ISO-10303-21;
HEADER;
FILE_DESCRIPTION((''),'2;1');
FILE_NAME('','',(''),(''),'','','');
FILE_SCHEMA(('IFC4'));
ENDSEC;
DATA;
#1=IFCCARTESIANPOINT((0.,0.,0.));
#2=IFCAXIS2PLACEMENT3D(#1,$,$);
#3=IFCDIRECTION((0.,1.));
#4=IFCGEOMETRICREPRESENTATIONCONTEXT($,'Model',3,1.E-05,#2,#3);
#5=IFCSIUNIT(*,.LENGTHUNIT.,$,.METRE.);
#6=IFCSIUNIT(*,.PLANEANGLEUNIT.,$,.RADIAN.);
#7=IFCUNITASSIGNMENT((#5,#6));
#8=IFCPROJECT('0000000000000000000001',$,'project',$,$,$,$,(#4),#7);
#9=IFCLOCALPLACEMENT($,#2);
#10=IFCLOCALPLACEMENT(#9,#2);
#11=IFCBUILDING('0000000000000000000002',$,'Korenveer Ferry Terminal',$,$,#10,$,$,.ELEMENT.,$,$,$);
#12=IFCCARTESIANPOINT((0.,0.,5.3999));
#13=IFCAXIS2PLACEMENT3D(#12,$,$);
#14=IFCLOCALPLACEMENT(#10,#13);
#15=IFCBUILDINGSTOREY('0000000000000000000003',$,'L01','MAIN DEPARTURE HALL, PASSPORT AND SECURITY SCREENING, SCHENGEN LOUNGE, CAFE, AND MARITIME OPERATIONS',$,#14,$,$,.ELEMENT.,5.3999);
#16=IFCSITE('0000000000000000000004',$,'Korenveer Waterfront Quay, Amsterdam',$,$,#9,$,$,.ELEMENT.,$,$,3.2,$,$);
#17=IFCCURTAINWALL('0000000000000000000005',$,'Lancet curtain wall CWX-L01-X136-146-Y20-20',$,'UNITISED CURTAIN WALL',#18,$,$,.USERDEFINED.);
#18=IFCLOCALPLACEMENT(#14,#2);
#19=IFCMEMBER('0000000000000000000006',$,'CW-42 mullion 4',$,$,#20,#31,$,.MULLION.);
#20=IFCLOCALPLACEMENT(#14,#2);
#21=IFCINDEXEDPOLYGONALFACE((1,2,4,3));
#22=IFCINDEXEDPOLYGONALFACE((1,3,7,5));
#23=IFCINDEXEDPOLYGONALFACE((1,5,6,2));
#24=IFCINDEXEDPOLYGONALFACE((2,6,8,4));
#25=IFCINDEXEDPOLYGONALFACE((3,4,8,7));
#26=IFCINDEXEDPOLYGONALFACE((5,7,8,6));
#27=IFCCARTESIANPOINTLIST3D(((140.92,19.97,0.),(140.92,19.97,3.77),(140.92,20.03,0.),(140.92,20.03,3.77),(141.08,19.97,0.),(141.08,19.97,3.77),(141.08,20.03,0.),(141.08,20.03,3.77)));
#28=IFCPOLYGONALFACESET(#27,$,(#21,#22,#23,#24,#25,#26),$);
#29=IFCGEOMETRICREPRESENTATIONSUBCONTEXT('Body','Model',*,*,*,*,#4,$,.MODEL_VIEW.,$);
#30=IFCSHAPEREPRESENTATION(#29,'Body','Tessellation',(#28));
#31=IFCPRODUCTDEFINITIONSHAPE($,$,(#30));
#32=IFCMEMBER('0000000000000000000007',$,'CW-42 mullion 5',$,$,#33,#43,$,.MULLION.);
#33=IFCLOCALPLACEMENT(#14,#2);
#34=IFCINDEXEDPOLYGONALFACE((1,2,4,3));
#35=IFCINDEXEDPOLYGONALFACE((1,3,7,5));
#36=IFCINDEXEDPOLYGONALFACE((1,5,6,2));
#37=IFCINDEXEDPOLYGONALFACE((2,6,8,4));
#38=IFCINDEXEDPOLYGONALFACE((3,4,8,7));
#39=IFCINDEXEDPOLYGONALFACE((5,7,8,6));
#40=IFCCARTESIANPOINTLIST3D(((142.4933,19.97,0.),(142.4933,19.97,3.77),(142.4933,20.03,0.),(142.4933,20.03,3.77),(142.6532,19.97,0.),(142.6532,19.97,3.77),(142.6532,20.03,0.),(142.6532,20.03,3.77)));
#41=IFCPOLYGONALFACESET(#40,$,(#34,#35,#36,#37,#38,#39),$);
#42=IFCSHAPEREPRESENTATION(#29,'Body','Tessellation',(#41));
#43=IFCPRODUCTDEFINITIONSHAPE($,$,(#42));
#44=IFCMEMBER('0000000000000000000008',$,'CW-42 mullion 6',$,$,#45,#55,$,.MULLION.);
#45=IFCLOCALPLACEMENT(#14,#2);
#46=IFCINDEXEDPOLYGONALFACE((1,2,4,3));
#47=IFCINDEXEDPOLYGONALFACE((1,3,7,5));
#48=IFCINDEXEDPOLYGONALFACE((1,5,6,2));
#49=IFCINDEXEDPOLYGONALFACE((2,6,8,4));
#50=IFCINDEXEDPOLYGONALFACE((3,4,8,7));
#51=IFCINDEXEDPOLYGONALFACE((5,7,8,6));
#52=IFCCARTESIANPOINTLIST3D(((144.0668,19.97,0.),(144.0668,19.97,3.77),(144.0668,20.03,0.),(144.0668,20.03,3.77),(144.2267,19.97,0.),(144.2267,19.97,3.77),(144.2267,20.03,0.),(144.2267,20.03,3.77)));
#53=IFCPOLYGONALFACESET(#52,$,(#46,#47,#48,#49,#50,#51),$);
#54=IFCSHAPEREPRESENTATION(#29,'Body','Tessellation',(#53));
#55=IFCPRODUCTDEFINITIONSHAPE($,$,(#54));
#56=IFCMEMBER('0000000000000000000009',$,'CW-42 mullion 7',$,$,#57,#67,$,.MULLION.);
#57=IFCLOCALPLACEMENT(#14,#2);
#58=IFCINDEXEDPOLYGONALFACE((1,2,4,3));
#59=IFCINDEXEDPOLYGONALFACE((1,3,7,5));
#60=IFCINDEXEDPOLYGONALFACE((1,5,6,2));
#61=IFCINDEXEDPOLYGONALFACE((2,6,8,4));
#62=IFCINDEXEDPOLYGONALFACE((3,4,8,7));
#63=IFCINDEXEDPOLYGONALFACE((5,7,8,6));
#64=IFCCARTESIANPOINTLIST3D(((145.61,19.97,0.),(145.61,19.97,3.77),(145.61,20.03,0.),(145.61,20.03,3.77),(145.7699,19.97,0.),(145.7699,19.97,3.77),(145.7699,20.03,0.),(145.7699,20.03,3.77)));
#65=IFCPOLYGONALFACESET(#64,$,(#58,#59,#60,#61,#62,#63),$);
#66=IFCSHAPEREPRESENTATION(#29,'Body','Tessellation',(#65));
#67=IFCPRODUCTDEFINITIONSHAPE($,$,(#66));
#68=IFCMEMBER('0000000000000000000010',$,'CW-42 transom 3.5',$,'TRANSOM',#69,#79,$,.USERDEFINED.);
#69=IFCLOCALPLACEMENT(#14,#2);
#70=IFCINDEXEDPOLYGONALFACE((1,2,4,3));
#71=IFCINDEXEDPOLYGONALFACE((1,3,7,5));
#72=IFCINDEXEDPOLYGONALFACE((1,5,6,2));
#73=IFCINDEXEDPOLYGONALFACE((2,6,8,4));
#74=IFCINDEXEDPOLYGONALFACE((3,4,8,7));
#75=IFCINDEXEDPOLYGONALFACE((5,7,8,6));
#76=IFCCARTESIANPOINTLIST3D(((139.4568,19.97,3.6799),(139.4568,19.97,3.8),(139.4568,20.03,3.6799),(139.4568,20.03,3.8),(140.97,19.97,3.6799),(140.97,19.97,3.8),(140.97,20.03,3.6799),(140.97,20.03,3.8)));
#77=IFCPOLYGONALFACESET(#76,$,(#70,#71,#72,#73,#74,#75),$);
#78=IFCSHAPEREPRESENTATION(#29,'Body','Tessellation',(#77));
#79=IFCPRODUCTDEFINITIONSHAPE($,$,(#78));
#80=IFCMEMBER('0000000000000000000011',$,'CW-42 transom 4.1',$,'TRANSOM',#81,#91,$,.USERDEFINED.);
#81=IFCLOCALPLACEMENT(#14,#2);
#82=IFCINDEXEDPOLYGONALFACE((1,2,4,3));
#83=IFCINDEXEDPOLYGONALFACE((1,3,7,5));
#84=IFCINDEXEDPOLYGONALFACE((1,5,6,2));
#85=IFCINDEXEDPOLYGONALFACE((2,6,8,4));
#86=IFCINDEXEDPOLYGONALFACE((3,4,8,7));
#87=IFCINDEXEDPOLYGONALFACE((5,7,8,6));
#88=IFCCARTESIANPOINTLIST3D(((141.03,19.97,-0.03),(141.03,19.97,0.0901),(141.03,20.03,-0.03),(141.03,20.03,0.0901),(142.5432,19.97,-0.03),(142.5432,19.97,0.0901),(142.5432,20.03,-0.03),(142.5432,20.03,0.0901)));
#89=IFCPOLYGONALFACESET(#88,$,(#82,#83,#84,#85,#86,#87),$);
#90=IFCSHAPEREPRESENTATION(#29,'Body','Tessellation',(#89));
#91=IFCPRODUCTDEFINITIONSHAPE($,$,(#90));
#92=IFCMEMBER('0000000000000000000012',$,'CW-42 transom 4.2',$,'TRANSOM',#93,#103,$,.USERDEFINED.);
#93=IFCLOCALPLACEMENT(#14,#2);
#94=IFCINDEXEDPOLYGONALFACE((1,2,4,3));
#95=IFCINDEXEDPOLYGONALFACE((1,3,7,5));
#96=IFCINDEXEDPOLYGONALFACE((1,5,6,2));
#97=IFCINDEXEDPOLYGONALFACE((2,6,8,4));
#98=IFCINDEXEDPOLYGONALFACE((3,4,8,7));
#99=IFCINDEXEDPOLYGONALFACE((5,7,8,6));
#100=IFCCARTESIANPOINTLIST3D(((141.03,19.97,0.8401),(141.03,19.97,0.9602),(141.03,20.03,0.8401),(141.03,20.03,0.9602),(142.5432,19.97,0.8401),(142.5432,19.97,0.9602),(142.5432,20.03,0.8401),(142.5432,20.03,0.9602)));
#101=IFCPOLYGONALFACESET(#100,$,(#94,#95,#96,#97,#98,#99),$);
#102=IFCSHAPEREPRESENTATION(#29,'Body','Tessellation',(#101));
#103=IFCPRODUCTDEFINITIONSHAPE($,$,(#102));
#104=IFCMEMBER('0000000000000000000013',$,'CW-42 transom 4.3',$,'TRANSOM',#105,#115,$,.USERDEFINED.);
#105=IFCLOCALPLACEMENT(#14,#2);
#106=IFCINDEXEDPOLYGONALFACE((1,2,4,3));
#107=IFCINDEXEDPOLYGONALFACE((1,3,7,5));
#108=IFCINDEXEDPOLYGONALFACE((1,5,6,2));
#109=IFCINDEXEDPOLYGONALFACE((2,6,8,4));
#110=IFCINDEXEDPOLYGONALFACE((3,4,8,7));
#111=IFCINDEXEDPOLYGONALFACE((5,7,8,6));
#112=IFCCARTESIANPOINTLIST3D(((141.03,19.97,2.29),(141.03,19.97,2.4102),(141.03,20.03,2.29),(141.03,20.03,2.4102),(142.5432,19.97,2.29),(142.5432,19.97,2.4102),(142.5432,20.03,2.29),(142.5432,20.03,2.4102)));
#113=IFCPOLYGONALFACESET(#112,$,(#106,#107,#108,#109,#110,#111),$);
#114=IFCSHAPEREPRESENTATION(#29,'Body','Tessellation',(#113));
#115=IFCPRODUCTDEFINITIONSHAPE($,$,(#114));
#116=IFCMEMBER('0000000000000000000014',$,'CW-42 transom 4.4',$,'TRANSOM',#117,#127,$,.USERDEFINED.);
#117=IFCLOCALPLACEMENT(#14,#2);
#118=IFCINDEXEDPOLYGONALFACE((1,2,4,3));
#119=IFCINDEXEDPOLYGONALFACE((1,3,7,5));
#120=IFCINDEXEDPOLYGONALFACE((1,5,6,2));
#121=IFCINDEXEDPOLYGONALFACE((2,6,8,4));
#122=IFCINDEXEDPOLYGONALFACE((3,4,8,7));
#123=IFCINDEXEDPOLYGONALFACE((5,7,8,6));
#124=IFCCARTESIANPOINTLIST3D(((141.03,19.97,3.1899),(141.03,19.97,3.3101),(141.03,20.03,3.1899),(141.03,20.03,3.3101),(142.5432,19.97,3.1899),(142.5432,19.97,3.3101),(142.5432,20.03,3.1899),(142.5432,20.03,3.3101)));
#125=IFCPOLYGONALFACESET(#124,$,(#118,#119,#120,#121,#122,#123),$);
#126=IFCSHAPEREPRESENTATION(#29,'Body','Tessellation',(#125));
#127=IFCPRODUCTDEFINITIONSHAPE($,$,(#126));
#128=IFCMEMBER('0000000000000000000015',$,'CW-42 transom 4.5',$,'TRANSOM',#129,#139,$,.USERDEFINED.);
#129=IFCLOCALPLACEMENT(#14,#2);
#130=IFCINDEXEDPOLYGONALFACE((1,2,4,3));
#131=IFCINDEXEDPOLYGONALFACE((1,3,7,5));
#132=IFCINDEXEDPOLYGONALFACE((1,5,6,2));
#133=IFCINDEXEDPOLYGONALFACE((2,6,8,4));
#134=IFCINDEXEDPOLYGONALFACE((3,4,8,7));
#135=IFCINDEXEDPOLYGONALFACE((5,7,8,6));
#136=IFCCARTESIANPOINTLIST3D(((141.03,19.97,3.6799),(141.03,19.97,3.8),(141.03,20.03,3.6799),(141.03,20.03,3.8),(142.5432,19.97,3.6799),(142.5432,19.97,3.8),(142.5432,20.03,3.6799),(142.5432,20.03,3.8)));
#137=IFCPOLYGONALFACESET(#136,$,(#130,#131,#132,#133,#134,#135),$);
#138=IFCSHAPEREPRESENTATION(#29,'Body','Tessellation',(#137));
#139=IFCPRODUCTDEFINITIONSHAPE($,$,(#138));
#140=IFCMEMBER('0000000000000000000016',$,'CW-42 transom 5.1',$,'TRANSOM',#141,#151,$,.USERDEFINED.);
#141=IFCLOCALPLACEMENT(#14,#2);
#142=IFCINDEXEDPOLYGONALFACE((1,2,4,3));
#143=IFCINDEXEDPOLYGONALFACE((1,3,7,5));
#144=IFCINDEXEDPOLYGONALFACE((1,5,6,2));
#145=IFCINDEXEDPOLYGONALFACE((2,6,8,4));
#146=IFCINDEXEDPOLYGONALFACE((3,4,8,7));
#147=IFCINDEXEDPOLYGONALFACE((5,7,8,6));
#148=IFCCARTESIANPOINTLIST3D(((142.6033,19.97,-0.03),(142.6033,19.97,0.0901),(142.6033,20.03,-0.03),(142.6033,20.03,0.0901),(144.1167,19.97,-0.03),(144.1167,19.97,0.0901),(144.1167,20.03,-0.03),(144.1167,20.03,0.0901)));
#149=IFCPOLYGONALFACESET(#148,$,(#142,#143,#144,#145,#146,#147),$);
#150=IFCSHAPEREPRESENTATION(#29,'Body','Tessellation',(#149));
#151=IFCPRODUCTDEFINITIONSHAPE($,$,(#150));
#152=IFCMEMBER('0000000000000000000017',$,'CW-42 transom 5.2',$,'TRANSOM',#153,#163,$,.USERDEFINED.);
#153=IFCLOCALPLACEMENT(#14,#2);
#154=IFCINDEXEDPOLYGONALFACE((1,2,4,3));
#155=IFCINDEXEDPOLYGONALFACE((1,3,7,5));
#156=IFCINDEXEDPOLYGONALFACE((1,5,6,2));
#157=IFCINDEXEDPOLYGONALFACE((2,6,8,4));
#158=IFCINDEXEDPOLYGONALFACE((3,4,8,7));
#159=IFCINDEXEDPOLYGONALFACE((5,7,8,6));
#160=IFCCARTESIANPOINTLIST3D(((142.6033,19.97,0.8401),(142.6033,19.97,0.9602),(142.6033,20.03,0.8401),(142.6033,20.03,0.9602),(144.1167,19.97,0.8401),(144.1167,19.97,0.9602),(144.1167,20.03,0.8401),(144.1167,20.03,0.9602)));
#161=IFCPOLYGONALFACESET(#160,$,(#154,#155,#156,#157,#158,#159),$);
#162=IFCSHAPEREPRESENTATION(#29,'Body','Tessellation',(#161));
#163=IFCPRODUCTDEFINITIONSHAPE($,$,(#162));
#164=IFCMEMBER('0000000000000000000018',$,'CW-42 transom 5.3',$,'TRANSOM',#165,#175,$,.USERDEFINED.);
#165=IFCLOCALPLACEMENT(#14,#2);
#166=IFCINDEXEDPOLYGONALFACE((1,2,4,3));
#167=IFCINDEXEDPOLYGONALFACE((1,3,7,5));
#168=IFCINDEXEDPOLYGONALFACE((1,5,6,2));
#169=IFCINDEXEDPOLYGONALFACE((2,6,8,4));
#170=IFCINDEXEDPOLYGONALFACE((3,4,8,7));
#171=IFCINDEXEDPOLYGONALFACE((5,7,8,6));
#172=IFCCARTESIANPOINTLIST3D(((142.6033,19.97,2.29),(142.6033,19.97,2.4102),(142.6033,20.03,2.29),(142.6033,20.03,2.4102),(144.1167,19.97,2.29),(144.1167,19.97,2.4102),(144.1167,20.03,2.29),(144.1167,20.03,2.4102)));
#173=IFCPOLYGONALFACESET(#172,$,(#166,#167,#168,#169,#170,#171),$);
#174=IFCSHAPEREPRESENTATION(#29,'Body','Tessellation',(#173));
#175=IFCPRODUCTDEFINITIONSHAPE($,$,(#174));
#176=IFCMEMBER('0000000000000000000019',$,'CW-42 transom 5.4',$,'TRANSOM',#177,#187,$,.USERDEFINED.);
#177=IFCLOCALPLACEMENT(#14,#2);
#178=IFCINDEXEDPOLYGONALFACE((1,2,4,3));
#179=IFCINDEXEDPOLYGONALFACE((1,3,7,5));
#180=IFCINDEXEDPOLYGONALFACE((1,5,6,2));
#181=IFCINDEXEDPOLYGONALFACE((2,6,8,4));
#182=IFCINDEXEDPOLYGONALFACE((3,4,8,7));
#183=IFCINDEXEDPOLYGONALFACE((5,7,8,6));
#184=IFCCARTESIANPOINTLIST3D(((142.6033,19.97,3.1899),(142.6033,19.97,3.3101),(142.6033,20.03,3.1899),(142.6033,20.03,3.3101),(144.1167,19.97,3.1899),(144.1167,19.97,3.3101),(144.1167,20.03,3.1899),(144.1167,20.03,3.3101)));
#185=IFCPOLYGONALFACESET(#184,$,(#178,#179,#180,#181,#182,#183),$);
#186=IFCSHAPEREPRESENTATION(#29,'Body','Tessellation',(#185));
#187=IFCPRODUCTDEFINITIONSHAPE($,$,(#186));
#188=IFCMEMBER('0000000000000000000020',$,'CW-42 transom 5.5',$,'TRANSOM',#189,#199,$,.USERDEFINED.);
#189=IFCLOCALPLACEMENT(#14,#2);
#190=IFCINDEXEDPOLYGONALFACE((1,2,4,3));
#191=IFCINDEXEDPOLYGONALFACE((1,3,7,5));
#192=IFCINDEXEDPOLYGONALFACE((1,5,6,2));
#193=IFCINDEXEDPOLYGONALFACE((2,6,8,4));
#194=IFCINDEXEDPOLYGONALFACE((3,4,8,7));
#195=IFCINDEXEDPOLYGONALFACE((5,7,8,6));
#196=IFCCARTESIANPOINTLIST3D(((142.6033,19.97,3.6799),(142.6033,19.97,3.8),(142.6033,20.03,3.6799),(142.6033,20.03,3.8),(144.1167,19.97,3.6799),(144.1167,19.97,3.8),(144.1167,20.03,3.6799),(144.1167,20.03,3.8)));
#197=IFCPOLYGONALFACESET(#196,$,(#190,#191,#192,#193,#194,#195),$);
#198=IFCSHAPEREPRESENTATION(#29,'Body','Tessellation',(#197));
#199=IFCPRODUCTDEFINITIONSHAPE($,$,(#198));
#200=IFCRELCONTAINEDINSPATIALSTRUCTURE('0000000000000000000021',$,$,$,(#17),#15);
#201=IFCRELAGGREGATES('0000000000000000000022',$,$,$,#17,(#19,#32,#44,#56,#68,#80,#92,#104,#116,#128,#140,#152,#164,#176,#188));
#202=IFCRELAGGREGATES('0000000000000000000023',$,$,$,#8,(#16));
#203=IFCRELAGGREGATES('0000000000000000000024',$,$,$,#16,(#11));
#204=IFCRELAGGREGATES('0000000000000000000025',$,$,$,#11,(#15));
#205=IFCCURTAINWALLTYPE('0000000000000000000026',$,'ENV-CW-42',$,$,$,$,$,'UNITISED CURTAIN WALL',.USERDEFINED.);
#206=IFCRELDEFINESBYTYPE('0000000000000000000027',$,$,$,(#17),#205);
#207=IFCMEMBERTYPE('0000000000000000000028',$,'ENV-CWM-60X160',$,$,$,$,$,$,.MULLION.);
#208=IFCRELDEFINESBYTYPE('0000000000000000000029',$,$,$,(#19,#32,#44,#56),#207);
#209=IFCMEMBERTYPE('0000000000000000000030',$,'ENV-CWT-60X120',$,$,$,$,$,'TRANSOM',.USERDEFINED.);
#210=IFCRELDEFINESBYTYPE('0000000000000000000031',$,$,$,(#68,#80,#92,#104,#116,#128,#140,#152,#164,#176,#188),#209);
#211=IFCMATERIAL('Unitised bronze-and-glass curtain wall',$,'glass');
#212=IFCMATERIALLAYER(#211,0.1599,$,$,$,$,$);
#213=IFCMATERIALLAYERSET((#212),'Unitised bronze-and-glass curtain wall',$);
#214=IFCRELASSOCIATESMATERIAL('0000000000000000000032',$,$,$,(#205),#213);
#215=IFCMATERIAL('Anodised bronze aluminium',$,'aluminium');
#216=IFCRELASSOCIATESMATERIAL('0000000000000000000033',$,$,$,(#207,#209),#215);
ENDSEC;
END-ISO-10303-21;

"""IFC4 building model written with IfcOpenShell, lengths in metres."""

from ifc_helpers import new_model, si_unit, direction, frame, origin, origin_2d, place, context, subcontext, project, spatial, rectangle, extrude, material, layer, layer_set, material_profile, profile_set, type_object, element, aggregate, save


model = new_model("IFC4")

# Units and contexts
model_context = context("Model", 3, precision=1e-05, world=origin(), true_north=direction((0.0, 1.0)))
body_context = subcontext(model_context, "Body", "Model", "MODEL_VIEW")
ifc_project = project(units=[si_unit("LENGTHUNIT", "METRE"), si_unit("PLANEANGLEUNIT", "RADIAN")], contexts=[model_context])

# Site, building, storey
site_placement = place(None, origin())
site = spatial("IfcSite", under=ifc_project, at=site_placement, Name="Korenveer Waterfront Quay, Amsterdam", CompositionType="ELEMENT", RefElevation=3.2)
building_placement = place(site_placement, origin())
building = spatial("IfcBuilding", under=site, at=building_placement, Name="Korenveer Ferry Terminal", CompositionType="ELEMENT")
storey_placement = place(building_placement, frame((0.0, 0.0, 5.3999)))
storey = spatial("IfcBuildingStorey", under=building, at=storey_placement, Name="L01", Description="MAIN DEPARTURE HALL, PASSPORT AND SECURITY SCREENING, SCHENGEN LOUNGE, CAFE, AND MARITIME OPERATIONS", CompositionType="ELEMENT", Elevation=5.3999)

# Curtain wall, members
ifc_material_1 = material(Name="Unitised bronze-and-glass curtain wall", Category="glass")
ifc_layer_1 = layer(ifc_material_1, 0.1599)
ifc_layer_set_1 = layer_set([ifc_layer_1], Name="Unitised bronze-and-glass curtain wall")
curtain_wall_type = type_object("IfcCurtainWallType", Name="ENV-CW-42", ElementType="UNITISED CURTAIN WALL", PredefinedType="USERDEFINED", material=ifc_layer_set_1)
curtain_wall_placement = place(storey_placement, frame((136.28, 20.0, 0.0)))
curtain_wall = element("IfcCurtainWall", 1, at=curtain_wall_placement, inside=storey, type_object=curtain_wall_type, Name="Lancet curtain wall CWX-L01-X136-146-Y20-20", ObjectType="UNITISED CURTAIN WALL", PredefinedType="USERDEFINED")
ifc_material_2 = material(Name="Anodised bronze aluminium", Category="aluminium")
ifc_material_profile_1 = material_profile(ifc_material_2, rectangle(XDim=0.0601, YDim=0.1599, at=origin_2d()), Name="ALU 60x160")
ifc_profile_set_1 = profile_set([ifc_material_profile_1], Name="Anodised bronze aluminium")
member_type_1 = type_object("IfcMemberType", Name="ENV-CWM-60X160", PredefinedType="MULLION", material=ifc_profile_set_1)
member_1_placement = place(storey_placement, frame((141.0, 20.0, 0.0), z_axis=(0.0, 0.0, 1.0), x_axis=(0.0, 1.0, 0.0)))
member_1 = element("IfcMember", 2, at=member_1_placement, type_object=member_type_1, Name="CW-42 mullion 4", PredefinedType="MULLION", context=body_context, shape_type="SweptSolid", body=[
    extrude(rectangle(XDim=0.0601, YDim=0.1599, at=origin_2d()), origin(), (0.0, 0.0, 1.0), 3.77),
])
member_2_placement = place(storey_placement, frame((142.5732, 20.0, 0.0), z_axis=(0.0, 0.0, 1.0), x_axis=(0.0, 1.0, 0.0)))
member_2 = element("IfcMember", 3, at=member_2_placement, type_object=member_type_1, Name="CW-42 mullion 5", PredefinedType="MULLION", context=body_context, shape_type="SweptSolid", body=[
    extrude(rectangle(XDim=0.0601, YDim=0.1599, at=origin_2d()), origin(), (0.0, 0.0, 1.0), 3.77),
])
member_3_placement = place(storey_placement, frame((144.1467, 20.0, 0.0), z_axis=(0.0, 0.0, 1.0), x_axis=(0.0, 1.0, 0.0)))
member_3 = element("IfcMember", 4, at=member_3_placement, type_object=member_type_1, Name="CW-42 mullion 6", PredefinedType="MULLION", context=body_context, shape_type="SweptSolid", body=[
    extrude(rectangle(XDim=0.0601, YDim=0.1599, at=origin_2d()), origin(), (0.0, 0.0, 1.0), 3.77),
])
member_4_placement = place(storey_placement, frame((145.6899, 20.0, 0.0), z_axis=(0.0, 0.0, 1.0), x_axis=(0.0, 1.0, 0.0)))
member_4 = element("IfcMember", 5, at=member_4_placement, type_object=member_type_1, Name="CW-42 mullion 7", PredefinedType="MULLION", context=body_context, shape_type="SweptSolid", body=[
    extrude(rectangle(XDim=0.0601, YDim=0.1599, at=origin_2d()), origin(), (0.0, 0.0, 1.0), 3.77),
])
ifc_material_profile_2 = material_profile(ifc_material_2, rectangle(XDim=0.0601, YDim=0.1201, at=origin_2d()), Name="ALU 60x120")
ifc_profile_set_2 = profile_set([ifc_material_profile_2], Name="Anodised bronze aluminium")
member_type_2 = type_object("IfcMemberType", Name="ENV-CWT-60X120", ElementType="TRANSOM", PredefinedType="USERDEFINED", material=ifc_profile_set_2)
member_5_placement = place(storey_placement, frame((139.4568, 20.0, 3.74), z_axis=(1.0, 0.0, 0.0), x_axis=(0.0, 1.0, 0.0)))
member_5 = element("IfcMember", 6, at=member_5_placement, type_object=member_type_2, Name="CW-42 transom 3.5", ObjectType="TRANSOM", PredefinedType="USERDEFINED", context=body_context, shape_type="SweptSolid", body=[
    extrude(rectangle(XDim=0.0601, YDim=0.1201, at=origin_2d()), origin(), (0.0, 0.0, 1.0), 1.5132),
])
member_6_placement = place(storey_placement, frame((141.03, 20.0, 0.03), z_axis=(1.0, 0.0, 0.0), x_axis=(0.0, 1.0, 0.0)))
member_6 = element("IfcMember", 7, at=member_6_placement, type_object=member_type_2, Name="CW-42 transom 4.1", ObjectType="TRANSOM", PredefinedType="USERDEFINED", context=body_context, shape_type="SweptSolid", body=[
    extrude(rectangle(XDim=0.0601, YDim=0.1201, at=origin_2d()), origin(), (0.0, 0.0, 1.0), 1.5132),
])
member_7_placement = place(storey_placement, frame((141.03, 20.0, 0.9001), z_axis=(1.0, 0.0, 0.0), x_axis=(0.0, 1.0, 0.0)))
member_7 = element("IfcMember", 8, at=member_7_placement, type_object=member_type_2, Name="CW-42 transom 4.2", ObjectType="TRANSOM", PredefinedType="USERDEFINED", context=body_context, shape_type="SweptSolid", body=[
    extrude(rectangle(XDim=0.0601, YDim=0.1201, at=origin_2d()), origin(), (0.0, 0.0, 1.0), 1.5132),
])
member_8_placement = place(storey_placement, frame((141.03, 20.0, 2.3501), z_axis=(1.0, 0.0, 0.0), x_axis=(0.0, 1.0, 0.0)))
member_8 = element("IfcMember", 9, at=member_8_placement, type_object=member_type_2, Name="CW-42 transom 4.3", ObjectType="TRANSOM", PredefinedType="USERDEFINED", context=body_context, shape_type="SweptSolid", body=[
    extrude(rectangle(XDim=0.0601, YDim=0.1201, at=origin_2d()), origin(), (0.0, 0.0, 1.0), 1.5132),
])
member_9_placement = place(storey_placement, frame((141.03, 20.0, 3.25), z_axis=(1.0, 0.0, 0.0), x_axis=(0.0, 1.0, 0.0)))
member_9 = element("IfcMember", 10, at=member_9_placement, type_object=member_type_2, Name="CW-42 transom 4.4", ObjectType="TRANSOM", PredefinedType="USERDEFINED", context=body_context, shape_type="SweptSolid", body=[
    extrude(rectangle(XDim=0.0601, YDim=0.1201, at=origin_2d()), origin(), (0.0, 0.0, 1.0), 1.5132),
])
member_10_placement = place(storey_placement, frame((141.03, 20.0, 3.74), z_axis=(1.0, 0.0, 0.0), x_axis=(0.0, 1.0, 0.0)))
member_10 = element("IfcMember", 11, at=member_10_placement, type_object=member_type_2, Name="CW-42 transom 4.5", ObjectType="TRANSOM", PredefinedType="USERDEFINED", context=body_context, shape_type="SweptSolid", body=[
    extrude(rectangle(XDim=0.0601, YDim=0.1201, at=origin_2d()), origin(), (0.0, 0.0, 1.0), 1.5132),
])
member_11_placement = place(storey_placement, frame((142.6033, 20.0, 0.03), z_axis=(1.0, 0.0, 0.0), x_axis=(0.0, 1.0, 0.0)))
member_11 = element("IfcMember", 12, at=member_11_placement, type_object=member_type_2, Name="CW-42 transom 5.1", ObjectType="TRANSOM", PredefinedType="USERDEFINED", context=body_context, shape_type="SweptSolid", body=[
    extrude(rectangle(XDim=0.0601, YDim=0.1201, at=origin_2d()), origin(), (0.0, 0.0, 1.0), 1.5134),
])
member_12_placement = place(storey_placement, frame((142.6033, 20.0, 0.9001), z_axis=(1.0, 0.0, 0.0), x_axis=(0.0, 1.0, 0.0)))
member_12 = element("IfcMember", 13, at=member_12_placement, type_object=member_type_2, Name="CW-42 transom 5.2", ObjectType="TRANSOM", PredefinedType="USERDEFINED", context=body_context, shape_type="SweptSolid", body=[
    extrude(rectangle(XDim=0.0601, YDim=0.1201, at=origin_2d()), origin(), (0.0, 0.0, 1.0), 1.5134),
])
member_13_placement = place(storey_placement, frame((142.6033, 20.0, 2.3501), z_axis=(1.0, 0.0, 0.0), x_axis=(0.0, 1.0, 0.0)))
member_13 = element("IfcMember", 14, at=member_13_placement, type_object=member_type_2, Name="CW-42 transom 5.3", ObjectType="TRANSOM", PredefinedType="USERDEFINED", context=body_context, shape_type="SweptSolid", body=[
    extrude(rectangle(XDim=0.0601, YDim=0.1201, at=origin_2d()), origin(), (0.0, 0.0, 1.0), 1.5134),
])
member_14_placement = place(storey_placement, frame((142.6033, 20.0, 3.25), z_axis=(1.0, 0.0, 0.0), x_axis=(0.0, 1.0, 0.0)))
member_14 = element("IfcMember", 15, at=member_14_placement, type_object=member_type_2, Name="CW-42 transom 5.4", ObjectType="TRANSOM", PredefinedType="USERDEFINED", context=body_context, shape_type="SweptSolid", body=[
    extrude(rectangle(XDim=0.0601, YDim=0.1201, at=origin_2d()), origin(), (0.0, 0.0, 1.0), 1.5134),
])
member_15_placement = place(storey_placement, frame((142.6033, 20.0, 3.74), z_axis=(1.0, 0.0, 0.0), x_axis=(0.0, 1.0, 0.0)))
member_15 = element("IfcMember", 16, at=member_15_placement, type_object=member_type_2, Name="CW-42 transom 5.5", ObjectType="TRANSOM", PredefinedType="USERDEFINED", context=body_context, shape_type="SweptSolid", body=[
    extrude(rectangle(XDim=0.0601, YDim=0.1201, at=origin_2d()), origin(), (0.0, 0.0, 1.0), 1.5134),
])

aggregate(curtain_wall, [member_1, member_2, member_3, member_4, member_5, member_6, member_7, member_8, member_9, member_10, member_11, member_12, member_13, member_14, member_15])

save(model, "model.ifc")
